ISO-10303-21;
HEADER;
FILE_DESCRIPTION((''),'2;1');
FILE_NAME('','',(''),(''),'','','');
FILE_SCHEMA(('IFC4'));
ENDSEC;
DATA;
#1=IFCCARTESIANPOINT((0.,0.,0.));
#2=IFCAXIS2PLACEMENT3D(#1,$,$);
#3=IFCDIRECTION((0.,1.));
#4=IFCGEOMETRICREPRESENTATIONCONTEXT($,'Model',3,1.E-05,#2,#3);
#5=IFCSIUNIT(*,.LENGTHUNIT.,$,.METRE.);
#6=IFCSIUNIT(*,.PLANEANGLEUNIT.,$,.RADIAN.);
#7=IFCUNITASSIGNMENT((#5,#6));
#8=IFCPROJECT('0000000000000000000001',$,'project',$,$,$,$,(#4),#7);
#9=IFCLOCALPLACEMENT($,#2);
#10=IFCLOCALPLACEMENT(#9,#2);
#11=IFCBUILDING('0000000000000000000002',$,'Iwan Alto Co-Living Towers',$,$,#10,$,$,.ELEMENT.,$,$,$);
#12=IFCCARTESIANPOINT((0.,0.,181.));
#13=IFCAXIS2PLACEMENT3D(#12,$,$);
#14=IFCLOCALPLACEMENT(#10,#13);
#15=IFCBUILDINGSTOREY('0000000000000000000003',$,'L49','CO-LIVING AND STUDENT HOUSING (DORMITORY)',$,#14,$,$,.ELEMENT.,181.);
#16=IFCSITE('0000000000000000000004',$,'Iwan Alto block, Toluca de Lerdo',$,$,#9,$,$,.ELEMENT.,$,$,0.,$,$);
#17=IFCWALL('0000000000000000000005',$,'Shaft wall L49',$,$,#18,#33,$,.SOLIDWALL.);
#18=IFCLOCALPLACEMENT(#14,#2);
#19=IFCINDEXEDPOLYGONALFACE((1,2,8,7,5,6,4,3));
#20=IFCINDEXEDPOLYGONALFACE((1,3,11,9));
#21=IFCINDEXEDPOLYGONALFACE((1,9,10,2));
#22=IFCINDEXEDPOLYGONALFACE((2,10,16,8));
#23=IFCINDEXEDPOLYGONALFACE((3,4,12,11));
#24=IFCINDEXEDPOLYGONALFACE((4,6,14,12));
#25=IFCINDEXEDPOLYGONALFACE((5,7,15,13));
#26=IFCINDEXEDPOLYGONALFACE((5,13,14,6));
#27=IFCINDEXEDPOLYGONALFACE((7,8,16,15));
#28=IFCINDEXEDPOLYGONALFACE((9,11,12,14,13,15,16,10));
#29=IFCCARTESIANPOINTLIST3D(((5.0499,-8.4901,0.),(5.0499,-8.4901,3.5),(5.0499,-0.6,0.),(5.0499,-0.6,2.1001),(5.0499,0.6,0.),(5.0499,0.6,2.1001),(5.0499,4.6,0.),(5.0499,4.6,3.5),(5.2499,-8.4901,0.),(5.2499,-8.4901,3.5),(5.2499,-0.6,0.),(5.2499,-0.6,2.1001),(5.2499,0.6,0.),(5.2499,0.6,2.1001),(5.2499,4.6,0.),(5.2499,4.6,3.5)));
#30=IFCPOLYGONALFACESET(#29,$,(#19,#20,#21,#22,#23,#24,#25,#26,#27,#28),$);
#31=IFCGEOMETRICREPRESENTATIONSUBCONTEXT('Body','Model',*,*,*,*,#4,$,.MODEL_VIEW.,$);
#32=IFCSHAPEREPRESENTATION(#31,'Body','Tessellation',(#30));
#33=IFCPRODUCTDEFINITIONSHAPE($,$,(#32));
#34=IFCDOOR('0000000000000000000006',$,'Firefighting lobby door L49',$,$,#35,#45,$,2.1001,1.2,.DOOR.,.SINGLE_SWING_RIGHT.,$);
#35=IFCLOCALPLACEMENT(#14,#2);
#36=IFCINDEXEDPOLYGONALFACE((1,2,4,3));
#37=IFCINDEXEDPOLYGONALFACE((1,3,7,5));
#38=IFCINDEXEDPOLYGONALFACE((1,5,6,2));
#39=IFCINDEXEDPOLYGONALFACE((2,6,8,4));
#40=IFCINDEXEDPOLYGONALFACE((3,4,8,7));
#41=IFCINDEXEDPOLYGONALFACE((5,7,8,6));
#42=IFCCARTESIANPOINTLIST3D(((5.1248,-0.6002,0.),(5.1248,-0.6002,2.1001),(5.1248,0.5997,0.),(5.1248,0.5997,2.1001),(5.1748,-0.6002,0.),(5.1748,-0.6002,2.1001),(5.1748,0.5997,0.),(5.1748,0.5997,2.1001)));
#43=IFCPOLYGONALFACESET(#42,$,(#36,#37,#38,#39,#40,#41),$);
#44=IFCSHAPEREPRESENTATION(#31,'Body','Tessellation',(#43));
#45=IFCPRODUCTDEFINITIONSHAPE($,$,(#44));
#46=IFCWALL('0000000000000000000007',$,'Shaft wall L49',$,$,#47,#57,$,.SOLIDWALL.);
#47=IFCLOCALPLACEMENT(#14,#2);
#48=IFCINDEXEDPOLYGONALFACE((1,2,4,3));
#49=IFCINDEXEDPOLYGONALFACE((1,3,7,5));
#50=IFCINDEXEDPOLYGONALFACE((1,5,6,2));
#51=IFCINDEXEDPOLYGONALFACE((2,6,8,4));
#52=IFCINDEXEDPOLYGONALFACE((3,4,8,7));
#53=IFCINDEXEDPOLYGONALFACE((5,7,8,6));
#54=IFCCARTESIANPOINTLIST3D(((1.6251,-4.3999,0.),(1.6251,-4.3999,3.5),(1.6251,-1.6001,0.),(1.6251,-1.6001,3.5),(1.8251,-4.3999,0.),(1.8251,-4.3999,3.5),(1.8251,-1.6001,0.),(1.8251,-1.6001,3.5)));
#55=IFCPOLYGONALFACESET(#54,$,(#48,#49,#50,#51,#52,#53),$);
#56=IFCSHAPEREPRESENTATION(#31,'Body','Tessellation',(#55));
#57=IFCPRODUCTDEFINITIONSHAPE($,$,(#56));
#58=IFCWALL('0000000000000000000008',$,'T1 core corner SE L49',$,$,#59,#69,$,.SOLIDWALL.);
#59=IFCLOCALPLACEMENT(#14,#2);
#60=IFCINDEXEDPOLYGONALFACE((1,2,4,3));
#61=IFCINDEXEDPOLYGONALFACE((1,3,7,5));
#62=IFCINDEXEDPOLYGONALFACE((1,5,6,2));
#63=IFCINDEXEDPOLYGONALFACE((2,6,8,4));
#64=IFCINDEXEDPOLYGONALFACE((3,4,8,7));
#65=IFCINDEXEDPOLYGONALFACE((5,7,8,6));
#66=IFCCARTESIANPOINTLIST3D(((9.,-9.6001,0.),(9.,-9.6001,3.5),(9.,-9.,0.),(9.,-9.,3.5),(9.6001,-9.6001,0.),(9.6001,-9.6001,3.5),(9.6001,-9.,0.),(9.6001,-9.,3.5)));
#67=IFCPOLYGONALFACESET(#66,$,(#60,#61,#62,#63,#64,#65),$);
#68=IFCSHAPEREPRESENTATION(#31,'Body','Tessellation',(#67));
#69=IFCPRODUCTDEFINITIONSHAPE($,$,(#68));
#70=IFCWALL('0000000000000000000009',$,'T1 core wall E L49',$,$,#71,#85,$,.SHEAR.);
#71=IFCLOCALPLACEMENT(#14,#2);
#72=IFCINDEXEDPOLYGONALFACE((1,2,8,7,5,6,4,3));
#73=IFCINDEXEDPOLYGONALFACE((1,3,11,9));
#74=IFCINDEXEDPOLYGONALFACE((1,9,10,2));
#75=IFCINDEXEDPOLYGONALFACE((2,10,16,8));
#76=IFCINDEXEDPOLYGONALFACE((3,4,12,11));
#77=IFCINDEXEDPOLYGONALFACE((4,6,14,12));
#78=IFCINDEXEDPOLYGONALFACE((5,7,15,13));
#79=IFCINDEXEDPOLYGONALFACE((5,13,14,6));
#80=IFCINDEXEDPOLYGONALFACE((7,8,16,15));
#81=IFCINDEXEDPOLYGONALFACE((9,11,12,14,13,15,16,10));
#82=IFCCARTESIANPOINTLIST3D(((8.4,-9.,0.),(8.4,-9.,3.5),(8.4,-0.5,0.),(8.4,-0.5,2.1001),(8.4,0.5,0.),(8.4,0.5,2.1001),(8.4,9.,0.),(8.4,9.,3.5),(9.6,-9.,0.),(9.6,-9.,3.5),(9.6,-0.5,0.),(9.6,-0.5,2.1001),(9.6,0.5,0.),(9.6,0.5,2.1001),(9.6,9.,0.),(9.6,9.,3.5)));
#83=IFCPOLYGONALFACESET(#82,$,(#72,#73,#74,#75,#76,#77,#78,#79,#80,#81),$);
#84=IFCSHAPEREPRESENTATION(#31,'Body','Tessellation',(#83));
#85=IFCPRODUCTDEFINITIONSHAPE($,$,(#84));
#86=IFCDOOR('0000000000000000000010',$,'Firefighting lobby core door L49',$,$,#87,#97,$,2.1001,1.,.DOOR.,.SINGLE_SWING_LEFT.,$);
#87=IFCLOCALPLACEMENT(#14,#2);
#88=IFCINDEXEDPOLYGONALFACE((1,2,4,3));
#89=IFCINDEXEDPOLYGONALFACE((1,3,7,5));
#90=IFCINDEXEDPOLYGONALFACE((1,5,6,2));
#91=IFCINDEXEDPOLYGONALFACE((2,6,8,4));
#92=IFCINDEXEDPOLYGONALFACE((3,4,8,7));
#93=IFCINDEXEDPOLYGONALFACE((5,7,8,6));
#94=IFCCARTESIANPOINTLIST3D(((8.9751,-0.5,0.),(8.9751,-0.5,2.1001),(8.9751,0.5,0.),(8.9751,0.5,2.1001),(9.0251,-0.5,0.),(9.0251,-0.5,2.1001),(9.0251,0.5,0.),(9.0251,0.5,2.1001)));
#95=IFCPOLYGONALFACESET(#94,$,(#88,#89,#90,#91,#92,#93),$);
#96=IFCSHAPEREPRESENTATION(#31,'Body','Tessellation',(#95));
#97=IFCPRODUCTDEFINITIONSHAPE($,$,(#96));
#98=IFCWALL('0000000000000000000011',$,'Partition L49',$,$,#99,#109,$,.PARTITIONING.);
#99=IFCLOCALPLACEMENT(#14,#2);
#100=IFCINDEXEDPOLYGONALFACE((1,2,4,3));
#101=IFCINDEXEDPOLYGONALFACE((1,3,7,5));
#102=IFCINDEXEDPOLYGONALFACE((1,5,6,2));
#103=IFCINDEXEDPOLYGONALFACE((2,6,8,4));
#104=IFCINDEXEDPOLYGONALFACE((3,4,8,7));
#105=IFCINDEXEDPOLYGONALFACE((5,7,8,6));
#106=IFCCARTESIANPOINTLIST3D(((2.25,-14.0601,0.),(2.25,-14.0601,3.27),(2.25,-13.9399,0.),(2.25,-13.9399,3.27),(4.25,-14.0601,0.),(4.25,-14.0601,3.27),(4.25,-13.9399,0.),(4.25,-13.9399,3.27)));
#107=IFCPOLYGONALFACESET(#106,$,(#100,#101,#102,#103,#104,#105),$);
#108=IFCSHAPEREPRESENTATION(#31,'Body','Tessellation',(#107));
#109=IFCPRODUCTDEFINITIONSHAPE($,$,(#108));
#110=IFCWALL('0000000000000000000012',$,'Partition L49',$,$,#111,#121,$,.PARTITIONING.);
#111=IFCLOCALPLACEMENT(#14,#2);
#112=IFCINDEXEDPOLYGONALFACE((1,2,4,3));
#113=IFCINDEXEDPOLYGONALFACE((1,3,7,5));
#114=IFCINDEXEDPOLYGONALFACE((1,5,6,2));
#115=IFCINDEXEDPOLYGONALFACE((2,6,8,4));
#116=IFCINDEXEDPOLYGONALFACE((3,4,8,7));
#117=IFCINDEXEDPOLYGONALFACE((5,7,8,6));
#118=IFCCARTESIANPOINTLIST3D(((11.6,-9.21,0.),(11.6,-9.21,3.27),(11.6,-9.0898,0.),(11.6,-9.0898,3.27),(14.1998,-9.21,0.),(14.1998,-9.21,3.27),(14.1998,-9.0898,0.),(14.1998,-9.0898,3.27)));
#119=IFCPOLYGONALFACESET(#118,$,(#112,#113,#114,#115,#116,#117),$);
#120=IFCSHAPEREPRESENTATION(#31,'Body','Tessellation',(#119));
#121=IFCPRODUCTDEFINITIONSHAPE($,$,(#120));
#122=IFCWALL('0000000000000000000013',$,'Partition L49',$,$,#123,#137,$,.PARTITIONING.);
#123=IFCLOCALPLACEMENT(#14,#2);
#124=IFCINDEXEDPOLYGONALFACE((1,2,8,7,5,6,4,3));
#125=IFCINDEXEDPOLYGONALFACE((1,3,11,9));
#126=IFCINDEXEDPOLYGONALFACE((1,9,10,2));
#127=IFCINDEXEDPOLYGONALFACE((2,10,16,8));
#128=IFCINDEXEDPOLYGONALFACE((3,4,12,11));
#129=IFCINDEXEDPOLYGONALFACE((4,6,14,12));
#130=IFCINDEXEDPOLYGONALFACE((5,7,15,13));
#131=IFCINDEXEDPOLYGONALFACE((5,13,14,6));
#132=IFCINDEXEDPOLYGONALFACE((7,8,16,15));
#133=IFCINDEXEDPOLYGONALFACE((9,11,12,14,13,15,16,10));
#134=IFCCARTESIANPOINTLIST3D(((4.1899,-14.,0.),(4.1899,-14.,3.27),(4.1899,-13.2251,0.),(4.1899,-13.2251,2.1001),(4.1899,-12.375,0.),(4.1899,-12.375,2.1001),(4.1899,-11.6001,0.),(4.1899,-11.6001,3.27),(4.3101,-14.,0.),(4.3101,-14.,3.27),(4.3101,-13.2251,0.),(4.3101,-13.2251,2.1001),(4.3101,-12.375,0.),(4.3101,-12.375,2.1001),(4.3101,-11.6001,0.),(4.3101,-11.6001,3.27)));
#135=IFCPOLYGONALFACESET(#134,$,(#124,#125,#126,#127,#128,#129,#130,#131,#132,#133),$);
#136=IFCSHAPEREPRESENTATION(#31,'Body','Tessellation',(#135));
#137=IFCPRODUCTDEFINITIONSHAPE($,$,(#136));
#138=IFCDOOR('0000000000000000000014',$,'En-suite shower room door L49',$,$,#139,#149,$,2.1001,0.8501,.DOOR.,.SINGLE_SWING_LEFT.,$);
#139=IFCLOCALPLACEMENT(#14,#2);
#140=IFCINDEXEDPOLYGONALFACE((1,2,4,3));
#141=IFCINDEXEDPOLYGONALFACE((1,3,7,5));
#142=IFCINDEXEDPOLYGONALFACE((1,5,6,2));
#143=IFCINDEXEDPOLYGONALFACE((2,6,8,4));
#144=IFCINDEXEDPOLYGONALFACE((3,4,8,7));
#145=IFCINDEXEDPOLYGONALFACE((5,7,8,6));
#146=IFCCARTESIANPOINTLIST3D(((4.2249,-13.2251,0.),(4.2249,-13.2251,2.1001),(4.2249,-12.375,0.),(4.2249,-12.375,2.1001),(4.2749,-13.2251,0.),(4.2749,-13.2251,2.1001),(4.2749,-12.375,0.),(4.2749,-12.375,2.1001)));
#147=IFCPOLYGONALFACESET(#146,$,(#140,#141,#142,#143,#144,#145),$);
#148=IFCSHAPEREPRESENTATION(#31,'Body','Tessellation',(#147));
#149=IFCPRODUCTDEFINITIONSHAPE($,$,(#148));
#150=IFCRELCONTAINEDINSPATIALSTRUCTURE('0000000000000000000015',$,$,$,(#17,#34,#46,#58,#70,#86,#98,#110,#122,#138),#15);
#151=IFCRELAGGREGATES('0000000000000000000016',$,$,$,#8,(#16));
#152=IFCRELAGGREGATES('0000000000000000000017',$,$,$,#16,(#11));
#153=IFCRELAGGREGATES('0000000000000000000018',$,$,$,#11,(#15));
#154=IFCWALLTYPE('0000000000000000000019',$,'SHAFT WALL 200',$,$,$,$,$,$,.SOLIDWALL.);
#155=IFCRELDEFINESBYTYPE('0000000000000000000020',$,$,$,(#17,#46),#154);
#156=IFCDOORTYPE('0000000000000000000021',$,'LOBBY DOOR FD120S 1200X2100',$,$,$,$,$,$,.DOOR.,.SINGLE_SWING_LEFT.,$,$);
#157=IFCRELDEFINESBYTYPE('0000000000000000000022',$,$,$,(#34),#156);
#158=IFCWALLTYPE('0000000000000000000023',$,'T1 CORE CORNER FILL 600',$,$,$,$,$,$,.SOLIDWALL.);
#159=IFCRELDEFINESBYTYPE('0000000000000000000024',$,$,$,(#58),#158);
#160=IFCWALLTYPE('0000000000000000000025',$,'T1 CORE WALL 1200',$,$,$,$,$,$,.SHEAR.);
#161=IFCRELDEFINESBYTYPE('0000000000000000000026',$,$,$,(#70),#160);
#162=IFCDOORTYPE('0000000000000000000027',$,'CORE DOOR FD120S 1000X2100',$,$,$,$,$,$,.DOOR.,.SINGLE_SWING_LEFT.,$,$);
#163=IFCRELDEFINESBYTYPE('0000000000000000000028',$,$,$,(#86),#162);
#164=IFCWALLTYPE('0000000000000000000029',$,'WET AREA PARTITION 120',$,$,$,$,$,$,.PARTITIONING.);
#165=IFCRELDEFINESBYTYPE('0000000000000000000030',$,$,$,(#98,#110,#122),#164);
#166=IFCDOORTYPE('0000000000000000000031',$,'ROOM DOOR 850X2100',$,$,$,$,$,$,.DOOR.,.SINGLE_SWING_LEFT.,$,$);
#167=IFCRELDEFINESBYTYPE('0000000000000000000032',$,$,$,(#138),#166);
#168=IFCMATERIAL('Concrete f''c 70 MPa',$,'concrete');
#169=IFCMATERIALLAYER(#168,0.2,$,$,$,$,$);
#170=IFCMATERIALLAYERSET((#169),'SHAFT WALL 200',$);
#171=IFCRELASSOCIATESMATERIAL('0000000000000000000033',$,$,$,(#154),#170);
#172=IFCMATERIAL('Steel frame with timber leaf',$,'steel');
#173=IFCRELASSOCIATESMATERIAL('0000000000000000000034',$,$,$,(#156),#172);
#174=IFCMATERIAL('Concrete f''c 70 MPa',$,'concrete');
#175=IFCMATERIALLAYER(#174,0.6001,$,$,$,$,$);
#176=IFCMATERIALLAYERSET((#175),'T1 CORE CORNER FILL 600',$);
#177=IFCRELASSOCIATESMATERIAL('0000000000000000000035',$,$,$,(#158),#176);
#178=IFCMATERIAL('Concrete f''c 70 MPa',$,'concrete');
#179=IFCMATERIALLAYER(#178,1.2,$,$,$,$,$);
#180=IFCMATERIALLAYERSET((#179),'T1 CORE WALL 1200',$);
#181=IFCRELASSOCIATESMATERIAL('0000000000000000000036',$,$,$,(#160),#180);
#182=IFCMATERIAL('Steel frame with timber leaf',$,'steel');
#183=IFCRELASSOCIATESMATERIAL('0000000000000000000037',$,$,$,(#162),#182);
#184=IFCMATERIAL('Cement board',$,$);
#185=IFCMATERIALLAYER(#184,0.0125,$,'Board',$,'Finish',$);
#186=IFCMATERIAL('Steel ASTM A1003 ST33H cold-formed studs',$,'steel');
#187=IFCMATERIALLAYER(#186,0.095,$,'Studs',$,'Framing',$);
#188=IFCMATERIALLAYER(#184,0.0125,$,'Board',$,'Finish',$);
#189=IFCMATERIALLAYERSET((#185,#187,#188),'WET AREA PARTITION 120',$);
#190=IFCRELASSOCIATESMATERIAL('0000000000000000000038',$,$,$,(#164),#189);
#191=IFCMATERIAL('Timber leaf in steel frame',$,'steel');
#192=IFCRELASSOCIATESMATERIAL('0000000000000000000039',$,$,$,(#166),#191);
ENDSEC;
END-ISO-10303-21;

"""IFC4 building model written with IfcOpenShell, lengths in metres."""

from ifc_helpers import new_model, si_unit, direction, frame, frame_2d, origin, place, context, subcontext, project, spatial, rectangle, extrude, material, layer, layer_set, type_object, element, fill, save


model = new_model("IFC4")

# Units and contexts
model_context = context("Model", 3, precision=1e-05, world=origin(), true_north=direction((0.0, 1.0)))
body_context = subcontext(model_context, "Body", "Model", "MODEL_VIEW")
ifc_project = project(units=[si_unit("LENGTHUNIT", "METRE"), si_unit("PLANEANGLEUNIT", "RADIAN")], contexts=[model_context])

# Site, building, storey
site_placement = place(None, origin())
site = spatial("IfcSite", under=ifc_project, at=site_placement, Name="Iwan Alto block, Toluca de Lerdo", CompositionType="ELEMENT", RefElevation=0.0)
building_placement = place(site_placement, origin())
building = spatial("IfcBuilding", under=site, at=building_placement, Name="Iwan Alto Co-Living Towers", CompositionType="ELEMENT")
storey_placement = place(building_placement, frame((0.0, 0.0, 181.0)))
storey = spatial("IfcBuildingStorey", under=building, at=storey_placement, Name="L49", Description="CO-LIVING AND STUDENT HOUSING (DORMITORY)", CompositionType="ELEMENT", Elevation=181.0)

# Shared definitions
ifc_material_1 = material(Name="Steel ASTM A1003 ST33H cold-formed studs", Category="steel")

# Wall, opening, door
ifc_material_2 = material(Name="Concrete f'c 70 MPa", Category="concrete")
ifc_layer_1 = layer(ifc_material_2, 0.2)
ifc_layer_set_1 = layer_set([ifc_layer_1], Name="SHAFT WALL 200")
wall_type_1 = type_object("IfcWallType", Name="SHAFT WALL 200", PredefinedType="SOLIDWALL", material=ifc_layer_set_1)
wall_1_placement = place(storey_placement, frame((5.1499, -8.49, 0.0), z_axis=(0.0, 0.0, 1.0), x_axis=(0.0, 1.0, 0.0)))
wall_1 = element("IfcWall", 1, at=wall_1_placement, inside=storey, type_object=wall_type_1, Name="Shaft wall L49", PredefinedType="SOLIDWALL", context=body_context, shape_type="SweptSolid", body=[
    extrude(rectangle(XDim=13.0901, YDim=0.2, at=frame_2d((6.5449, 0.0))), origin(), (0.0, 0.0, 1.0), 3.5),
])
opening_1_placement = place(wall_1_placement, frame((7.8899, 0.0, 0.0)))
opening_1 = element("IfcOpeningElement", 2, at=opening_1_placement, cuts=wall_1, PredefinedType="OPENING", context=body_context, shape_type="SweptSolid", body=[
    extrude(rectangle(XDim=1.2, YDim=2.1001, at=frame_2d((0.6001, 1.05))), frame((0.0, 0.1099, 0.0), z_axis=(0.0, -1.0, 0.0), x_axis=(1.0, 0.0, 0.0)), (0.0, 0.0, 1.0), 0.22),
])
ifc_material_3 = material(Name="Steel frame with timber leaf", Category="steel")
door_type_1 = type_object("IfcDoorType", Name="LOBBY DOOR FD120S 1200X2100", OperationType="SINGLE_SWING_LEFT", PredefinedType="DOOR", material=ifc_material_3)
door_1_placement = place(opening_1_placement, frame((1.2, 0.0, 0.0), z_axis=(0.0, 0.0, 1.0), x_axis=(-1.0, 0.0, 0.0)))
door_1 = element("IfcDoor", 3, at=door_1_placement, inside=storey, type_object=door_type_1, Name="Firefighting lobby door L49", OperationType="SINGLE_SWING_RIGHT", OverallHeight=2.1001, OverallWidth=1.2, PredefinedType="DOOR", context=body_context, shape_type="SweptSolid", body=[
    extrude(rectangle(XDim=1.2, YDim=2.1001, at=frame_2d((0.6001, 1.05))), frame((0.0, 0.0249, 0.0), z_axis=(0.0, -1.0, 0.0), x_axis=(1.0, 0.0, 0.0)), (0.0, 0.0, 1.0), 0.05),
])
fill(opening_1, door_1)

# Walls
wall_2_placement = place(storey_placement, frame((1.7251, -4.3999, 0.0), z_axis=(0.0, 0.0, 1.0), x_axis=(0.0, 1.0, 0.0)))
element("IfcWall", 4, at=wall_2_placement, inside=storey, type_object=wall_type_1, Name="Shaft wall L49", PredefinedType="SOLIDWALL", context=body_context, shape_type="SweptSolid", body=[
    extrude(rectangle(XDim=2.7998, YDim=0.2, at=frame_2d((1.3999, 0.0))), origin(), (0.0, 0.0, 1.0), 3.5),
])
ifc_material_4 = material(Name="Concrete f'c 70 MPa", Category="concrete")
ifc_layer_2 = layer(ifc_material_4, 0.6001)
ifc_layer_set_2 = layer_set([ifc_layer_2], Name="T1 CORE CORNER FILL 600")
wall_type_2 = type_object("IfcWallType", Name="T1 CORE CORNER FILL 600", PredefinedType="SOLIDWALL", material=ifc_layer_set_2)
wall_3_placement = place(storey_placement, frame((9.0, -9.3, 0.0), z_axis=(0.0, 0.0, 1.0), x_axis=(1.0, 0.0, 0.0)))
element("IfcWall", 5, at=wall_3_placement, inside=storey, type_object=wall_type_2, Name="T1 core corner SE L49", PredefinedType="SOLIDWALL", context=body_context, shape_type="SweptSolid", body=[
    extrude(rectangle(XDim=0.6001, YDim=0.6001, at=frame_2d((0.3, 0.0))), origin(), (0.0, 0.0, 1.0), 3.5),
])

# Wall, opening, door
ifc_material_5 = material(Name="Concrete f'c 70 MPa", Category="concrete")
ifc_layer_3 = layer(ifc_material_5, 1.2)
ifc_layer_set_3 = layer_set([ifc_layer_3], Name="T1 CORE WALL 1200")
wall_type_3 = type_object("IfcWallType", Name="T1 CORE WALL 1200", PredefinedType="SHEAR", material=ifc_layer_set_3)
wall_4_placement = place(storey_placement, frame((9.0, -9.0, 0.0), z_axis=(0.0, 0.0, 1.0), x_axis=(0.0, 1.0, 0.0)))
wall_4 = element("IfcWall", 6, at=wall_4_placement, inside=storey, type_object=wall_type_3, Name="T1 core wall E L49", PredefinedType="SHEAR", context=body_context, shape_type="SweptSolid", body=[
    extrude(rectangle(XDim=18.0, YDim=1.2, at=frame_2d((9.0, 0.0))), origin(), (0.0, 0.0, 1.0), 3.5),
])
opening_2_placement = place(wall_4_placement, frame((8.5, 0.0, 0.0)))
opening_2 = element("IfcOpeningElement", 7, at=opening_2_placement, cuts=wall_4, PredefinedType="OPENING", context=body_context, shape_type="SweptSolid", body=[
    extrude(rectangle(XDim=1.0, YDim=2.1001, at=frame_2d((0.5, 1.05))), frame((0.0, 0.6099, 0.0), z_axis=(0.0, -1.0, 0.0), x_axis=(1.0, 0.0, 0.0)), (0.0, 0.0, 1.0), 1.22),
])
ifc_material_6 = material(Name="Steel frame with timber leaf", Category="steel")
door_type_2 = type_object("IfcDoorType", Name="CORE DOOR FD120S 1000X2100", OperationType="SINGLE_SWING_LEFT", PredefinedType="DOOR", material=ifc_material_6)
door_2_placement = place(opening_2_placement, origin())
door_2 = element("IfcDoor", 8, at=door_2_placement, inside=storey, type_object=door_type_2, Name="Firefighting lobby core door L49", OperationType="SINGLE_SWING_LEFT", OverallHeight=2.1001, OverallWidth=1.0, PredefinedType="DOOR", context=body_context, shape_type="SweptSolid", body=[
    extrude(rectangle(XDim=1.0, YDim=2.1001, at=frame_2d((0.5, 1.05))), frame((0.0, 0.0249, 0.0), z_axis=(0.0, -1.0, 0.0), x_axis=(1.0, 0.0, 0.0)), (0.0, 0.0, 1.0), 0.05),
])
fill(opening_2, door_2)

# Walls
ifc_material_7 = material(Name="Cement board")
ifc_layer_4 = layer(ifc_material_7, 0.0125, Name="Board", Category="Finish")
ifc_layer_5 = layer(ifc_material_1, 0.095, Name="Studs", Category="Framing")
ifc_layer_6 = layer(ifc_material_7, 0.0125, Name="Board", Category="Finish")
ifc_layer_set_4 = layer_set([ifc_layer_4, ifc_layer_5, ifc_layer_6], Name="WET AREA PARTITION 120")
wall_type_4 = type_object("IfcWallType", Name="WET AREA PARTITION 120", PredefinedType="PARTITIONING", material=ifc_layer_set_4)
wall_5_placement = place(storey_placement, frame((2.25, -14.0, 0.0), z_axis=(0.0, 0.0, 1.0), x_axis=(1.0, 0.0, 0.0)))
element("IfcWall", 9, at=wall_5_placement, inside=storey, type_object=wall_type_4, Name="Partition L49", PredefinedType="PARTITIONING", context=body_context, shape_type="SweptSolid", body=[
    extrude(rectangle(XDim=2.0, YDim=0.1201, at=frame_2d((1.0, 0.0))), origin(), (0.0, 0.0, 1.0), 3.27),
])
wall_6_placement = place(storey_placement, frame((11.6001, -9.1499, 0.0), z_axis=(0.0, 0.0, 1.0), x_axis=(1.0, 0.0, 0.0)))
element("IfcWall", 10, at=wall_6_placement, inside=storey, type_object=wall_type_4, Name="Partition L49", PredefinedType="PARTITIONING", context=body_context, shape_type="SweptSolid", body=[
    extrude(rectangle(XDim=2.5999, YDim=0.1201, at=frame_2d((1.2998, 0.0))), origin(), (0.0, 0.0, 1.0), 3.27),
])

# Wall, opening, door
wall_7_placement = place(storey_placement, frame((4.25, -14.0, 0.0), z_axis=(0.0, 0.0, 1.0), x_axis=(0.0, 1.0, 0.0)))
wall_7 = element("IfcWall", 11, at=wall_7_placement, inside=storey, type_object=wall_type_4, Name="Partition L49", PredefinedType="PARTITIONING", context=body_context, shape_type="SweptSolid", body=[
    extrude(rectangle(XDim=2.3999, YDim=0.1201, at=frame_2d((1.2, 0.0))), origin(), (0.0, 0.0, 1.0), 3.27),
])
opening_3_placement = place(wall_7_placement, frame((0.7749, 0.0, 0.0)))
opening_3 = element("IfcOpeningElement", 12, at=opening_3_placement, cuts=wall_7, PredefinedType="OPENING", context=body_context, shape_type="SweptSolid", body=[
    extrude(rectangle(XDim=0.8501, YDim=2.1001, at=frame_2d((0.425, 1.05))), frame((0.0, 0.0701, 0.0), z_axis=(0.0, -1.0, 0.0), x_axis=(1.0, 0.0, 0.0)), (0.0, 0.0, 1.0), 0.1401),
])
ifc_material_8 = material(Name="Timber leaf in steel frame", Category="steel")
door_type_3 = type_object("IfcDoorType", Name="ROOM DOOR 850X2100", OperationType="SINGLE_SWING_LEFT", PredefinedType="DOOR", material=ifc_material_8)
door_3_placement = place(opening_3_placement, frame((0.8501, 0.0, 0.0), z_axis=(0.0, 0.0, 1.0), x_axis=(-1.0, 0.0, 0.0)))
door_3 = element("IfcDoor", 13, at=door_3_placement, inside=storey, type_object=door_type_3, Name="En-suite shower room door L49", OperationType="SINGLE_SWING_LEFT", OverallHeight=2.1001, OverallWidth=0.8501, PredefinedType="DOOR", context=body_context, shape_type="SweptSolid", body=[
    extrude(rectangle(XDim=0.8501, YDim=2.1001, at=frame_2d((0.425, 1.05))), frame((0.0, 0.0249, 0.0), z_axis=(0.0, -1.0, 0.0), x_axis=(1.0, 0.0, 0.0)), (0.0, 0.0, 1.0), 0.05),
])
fill(opening_3, door_3)

save(model, "model.ifc")
